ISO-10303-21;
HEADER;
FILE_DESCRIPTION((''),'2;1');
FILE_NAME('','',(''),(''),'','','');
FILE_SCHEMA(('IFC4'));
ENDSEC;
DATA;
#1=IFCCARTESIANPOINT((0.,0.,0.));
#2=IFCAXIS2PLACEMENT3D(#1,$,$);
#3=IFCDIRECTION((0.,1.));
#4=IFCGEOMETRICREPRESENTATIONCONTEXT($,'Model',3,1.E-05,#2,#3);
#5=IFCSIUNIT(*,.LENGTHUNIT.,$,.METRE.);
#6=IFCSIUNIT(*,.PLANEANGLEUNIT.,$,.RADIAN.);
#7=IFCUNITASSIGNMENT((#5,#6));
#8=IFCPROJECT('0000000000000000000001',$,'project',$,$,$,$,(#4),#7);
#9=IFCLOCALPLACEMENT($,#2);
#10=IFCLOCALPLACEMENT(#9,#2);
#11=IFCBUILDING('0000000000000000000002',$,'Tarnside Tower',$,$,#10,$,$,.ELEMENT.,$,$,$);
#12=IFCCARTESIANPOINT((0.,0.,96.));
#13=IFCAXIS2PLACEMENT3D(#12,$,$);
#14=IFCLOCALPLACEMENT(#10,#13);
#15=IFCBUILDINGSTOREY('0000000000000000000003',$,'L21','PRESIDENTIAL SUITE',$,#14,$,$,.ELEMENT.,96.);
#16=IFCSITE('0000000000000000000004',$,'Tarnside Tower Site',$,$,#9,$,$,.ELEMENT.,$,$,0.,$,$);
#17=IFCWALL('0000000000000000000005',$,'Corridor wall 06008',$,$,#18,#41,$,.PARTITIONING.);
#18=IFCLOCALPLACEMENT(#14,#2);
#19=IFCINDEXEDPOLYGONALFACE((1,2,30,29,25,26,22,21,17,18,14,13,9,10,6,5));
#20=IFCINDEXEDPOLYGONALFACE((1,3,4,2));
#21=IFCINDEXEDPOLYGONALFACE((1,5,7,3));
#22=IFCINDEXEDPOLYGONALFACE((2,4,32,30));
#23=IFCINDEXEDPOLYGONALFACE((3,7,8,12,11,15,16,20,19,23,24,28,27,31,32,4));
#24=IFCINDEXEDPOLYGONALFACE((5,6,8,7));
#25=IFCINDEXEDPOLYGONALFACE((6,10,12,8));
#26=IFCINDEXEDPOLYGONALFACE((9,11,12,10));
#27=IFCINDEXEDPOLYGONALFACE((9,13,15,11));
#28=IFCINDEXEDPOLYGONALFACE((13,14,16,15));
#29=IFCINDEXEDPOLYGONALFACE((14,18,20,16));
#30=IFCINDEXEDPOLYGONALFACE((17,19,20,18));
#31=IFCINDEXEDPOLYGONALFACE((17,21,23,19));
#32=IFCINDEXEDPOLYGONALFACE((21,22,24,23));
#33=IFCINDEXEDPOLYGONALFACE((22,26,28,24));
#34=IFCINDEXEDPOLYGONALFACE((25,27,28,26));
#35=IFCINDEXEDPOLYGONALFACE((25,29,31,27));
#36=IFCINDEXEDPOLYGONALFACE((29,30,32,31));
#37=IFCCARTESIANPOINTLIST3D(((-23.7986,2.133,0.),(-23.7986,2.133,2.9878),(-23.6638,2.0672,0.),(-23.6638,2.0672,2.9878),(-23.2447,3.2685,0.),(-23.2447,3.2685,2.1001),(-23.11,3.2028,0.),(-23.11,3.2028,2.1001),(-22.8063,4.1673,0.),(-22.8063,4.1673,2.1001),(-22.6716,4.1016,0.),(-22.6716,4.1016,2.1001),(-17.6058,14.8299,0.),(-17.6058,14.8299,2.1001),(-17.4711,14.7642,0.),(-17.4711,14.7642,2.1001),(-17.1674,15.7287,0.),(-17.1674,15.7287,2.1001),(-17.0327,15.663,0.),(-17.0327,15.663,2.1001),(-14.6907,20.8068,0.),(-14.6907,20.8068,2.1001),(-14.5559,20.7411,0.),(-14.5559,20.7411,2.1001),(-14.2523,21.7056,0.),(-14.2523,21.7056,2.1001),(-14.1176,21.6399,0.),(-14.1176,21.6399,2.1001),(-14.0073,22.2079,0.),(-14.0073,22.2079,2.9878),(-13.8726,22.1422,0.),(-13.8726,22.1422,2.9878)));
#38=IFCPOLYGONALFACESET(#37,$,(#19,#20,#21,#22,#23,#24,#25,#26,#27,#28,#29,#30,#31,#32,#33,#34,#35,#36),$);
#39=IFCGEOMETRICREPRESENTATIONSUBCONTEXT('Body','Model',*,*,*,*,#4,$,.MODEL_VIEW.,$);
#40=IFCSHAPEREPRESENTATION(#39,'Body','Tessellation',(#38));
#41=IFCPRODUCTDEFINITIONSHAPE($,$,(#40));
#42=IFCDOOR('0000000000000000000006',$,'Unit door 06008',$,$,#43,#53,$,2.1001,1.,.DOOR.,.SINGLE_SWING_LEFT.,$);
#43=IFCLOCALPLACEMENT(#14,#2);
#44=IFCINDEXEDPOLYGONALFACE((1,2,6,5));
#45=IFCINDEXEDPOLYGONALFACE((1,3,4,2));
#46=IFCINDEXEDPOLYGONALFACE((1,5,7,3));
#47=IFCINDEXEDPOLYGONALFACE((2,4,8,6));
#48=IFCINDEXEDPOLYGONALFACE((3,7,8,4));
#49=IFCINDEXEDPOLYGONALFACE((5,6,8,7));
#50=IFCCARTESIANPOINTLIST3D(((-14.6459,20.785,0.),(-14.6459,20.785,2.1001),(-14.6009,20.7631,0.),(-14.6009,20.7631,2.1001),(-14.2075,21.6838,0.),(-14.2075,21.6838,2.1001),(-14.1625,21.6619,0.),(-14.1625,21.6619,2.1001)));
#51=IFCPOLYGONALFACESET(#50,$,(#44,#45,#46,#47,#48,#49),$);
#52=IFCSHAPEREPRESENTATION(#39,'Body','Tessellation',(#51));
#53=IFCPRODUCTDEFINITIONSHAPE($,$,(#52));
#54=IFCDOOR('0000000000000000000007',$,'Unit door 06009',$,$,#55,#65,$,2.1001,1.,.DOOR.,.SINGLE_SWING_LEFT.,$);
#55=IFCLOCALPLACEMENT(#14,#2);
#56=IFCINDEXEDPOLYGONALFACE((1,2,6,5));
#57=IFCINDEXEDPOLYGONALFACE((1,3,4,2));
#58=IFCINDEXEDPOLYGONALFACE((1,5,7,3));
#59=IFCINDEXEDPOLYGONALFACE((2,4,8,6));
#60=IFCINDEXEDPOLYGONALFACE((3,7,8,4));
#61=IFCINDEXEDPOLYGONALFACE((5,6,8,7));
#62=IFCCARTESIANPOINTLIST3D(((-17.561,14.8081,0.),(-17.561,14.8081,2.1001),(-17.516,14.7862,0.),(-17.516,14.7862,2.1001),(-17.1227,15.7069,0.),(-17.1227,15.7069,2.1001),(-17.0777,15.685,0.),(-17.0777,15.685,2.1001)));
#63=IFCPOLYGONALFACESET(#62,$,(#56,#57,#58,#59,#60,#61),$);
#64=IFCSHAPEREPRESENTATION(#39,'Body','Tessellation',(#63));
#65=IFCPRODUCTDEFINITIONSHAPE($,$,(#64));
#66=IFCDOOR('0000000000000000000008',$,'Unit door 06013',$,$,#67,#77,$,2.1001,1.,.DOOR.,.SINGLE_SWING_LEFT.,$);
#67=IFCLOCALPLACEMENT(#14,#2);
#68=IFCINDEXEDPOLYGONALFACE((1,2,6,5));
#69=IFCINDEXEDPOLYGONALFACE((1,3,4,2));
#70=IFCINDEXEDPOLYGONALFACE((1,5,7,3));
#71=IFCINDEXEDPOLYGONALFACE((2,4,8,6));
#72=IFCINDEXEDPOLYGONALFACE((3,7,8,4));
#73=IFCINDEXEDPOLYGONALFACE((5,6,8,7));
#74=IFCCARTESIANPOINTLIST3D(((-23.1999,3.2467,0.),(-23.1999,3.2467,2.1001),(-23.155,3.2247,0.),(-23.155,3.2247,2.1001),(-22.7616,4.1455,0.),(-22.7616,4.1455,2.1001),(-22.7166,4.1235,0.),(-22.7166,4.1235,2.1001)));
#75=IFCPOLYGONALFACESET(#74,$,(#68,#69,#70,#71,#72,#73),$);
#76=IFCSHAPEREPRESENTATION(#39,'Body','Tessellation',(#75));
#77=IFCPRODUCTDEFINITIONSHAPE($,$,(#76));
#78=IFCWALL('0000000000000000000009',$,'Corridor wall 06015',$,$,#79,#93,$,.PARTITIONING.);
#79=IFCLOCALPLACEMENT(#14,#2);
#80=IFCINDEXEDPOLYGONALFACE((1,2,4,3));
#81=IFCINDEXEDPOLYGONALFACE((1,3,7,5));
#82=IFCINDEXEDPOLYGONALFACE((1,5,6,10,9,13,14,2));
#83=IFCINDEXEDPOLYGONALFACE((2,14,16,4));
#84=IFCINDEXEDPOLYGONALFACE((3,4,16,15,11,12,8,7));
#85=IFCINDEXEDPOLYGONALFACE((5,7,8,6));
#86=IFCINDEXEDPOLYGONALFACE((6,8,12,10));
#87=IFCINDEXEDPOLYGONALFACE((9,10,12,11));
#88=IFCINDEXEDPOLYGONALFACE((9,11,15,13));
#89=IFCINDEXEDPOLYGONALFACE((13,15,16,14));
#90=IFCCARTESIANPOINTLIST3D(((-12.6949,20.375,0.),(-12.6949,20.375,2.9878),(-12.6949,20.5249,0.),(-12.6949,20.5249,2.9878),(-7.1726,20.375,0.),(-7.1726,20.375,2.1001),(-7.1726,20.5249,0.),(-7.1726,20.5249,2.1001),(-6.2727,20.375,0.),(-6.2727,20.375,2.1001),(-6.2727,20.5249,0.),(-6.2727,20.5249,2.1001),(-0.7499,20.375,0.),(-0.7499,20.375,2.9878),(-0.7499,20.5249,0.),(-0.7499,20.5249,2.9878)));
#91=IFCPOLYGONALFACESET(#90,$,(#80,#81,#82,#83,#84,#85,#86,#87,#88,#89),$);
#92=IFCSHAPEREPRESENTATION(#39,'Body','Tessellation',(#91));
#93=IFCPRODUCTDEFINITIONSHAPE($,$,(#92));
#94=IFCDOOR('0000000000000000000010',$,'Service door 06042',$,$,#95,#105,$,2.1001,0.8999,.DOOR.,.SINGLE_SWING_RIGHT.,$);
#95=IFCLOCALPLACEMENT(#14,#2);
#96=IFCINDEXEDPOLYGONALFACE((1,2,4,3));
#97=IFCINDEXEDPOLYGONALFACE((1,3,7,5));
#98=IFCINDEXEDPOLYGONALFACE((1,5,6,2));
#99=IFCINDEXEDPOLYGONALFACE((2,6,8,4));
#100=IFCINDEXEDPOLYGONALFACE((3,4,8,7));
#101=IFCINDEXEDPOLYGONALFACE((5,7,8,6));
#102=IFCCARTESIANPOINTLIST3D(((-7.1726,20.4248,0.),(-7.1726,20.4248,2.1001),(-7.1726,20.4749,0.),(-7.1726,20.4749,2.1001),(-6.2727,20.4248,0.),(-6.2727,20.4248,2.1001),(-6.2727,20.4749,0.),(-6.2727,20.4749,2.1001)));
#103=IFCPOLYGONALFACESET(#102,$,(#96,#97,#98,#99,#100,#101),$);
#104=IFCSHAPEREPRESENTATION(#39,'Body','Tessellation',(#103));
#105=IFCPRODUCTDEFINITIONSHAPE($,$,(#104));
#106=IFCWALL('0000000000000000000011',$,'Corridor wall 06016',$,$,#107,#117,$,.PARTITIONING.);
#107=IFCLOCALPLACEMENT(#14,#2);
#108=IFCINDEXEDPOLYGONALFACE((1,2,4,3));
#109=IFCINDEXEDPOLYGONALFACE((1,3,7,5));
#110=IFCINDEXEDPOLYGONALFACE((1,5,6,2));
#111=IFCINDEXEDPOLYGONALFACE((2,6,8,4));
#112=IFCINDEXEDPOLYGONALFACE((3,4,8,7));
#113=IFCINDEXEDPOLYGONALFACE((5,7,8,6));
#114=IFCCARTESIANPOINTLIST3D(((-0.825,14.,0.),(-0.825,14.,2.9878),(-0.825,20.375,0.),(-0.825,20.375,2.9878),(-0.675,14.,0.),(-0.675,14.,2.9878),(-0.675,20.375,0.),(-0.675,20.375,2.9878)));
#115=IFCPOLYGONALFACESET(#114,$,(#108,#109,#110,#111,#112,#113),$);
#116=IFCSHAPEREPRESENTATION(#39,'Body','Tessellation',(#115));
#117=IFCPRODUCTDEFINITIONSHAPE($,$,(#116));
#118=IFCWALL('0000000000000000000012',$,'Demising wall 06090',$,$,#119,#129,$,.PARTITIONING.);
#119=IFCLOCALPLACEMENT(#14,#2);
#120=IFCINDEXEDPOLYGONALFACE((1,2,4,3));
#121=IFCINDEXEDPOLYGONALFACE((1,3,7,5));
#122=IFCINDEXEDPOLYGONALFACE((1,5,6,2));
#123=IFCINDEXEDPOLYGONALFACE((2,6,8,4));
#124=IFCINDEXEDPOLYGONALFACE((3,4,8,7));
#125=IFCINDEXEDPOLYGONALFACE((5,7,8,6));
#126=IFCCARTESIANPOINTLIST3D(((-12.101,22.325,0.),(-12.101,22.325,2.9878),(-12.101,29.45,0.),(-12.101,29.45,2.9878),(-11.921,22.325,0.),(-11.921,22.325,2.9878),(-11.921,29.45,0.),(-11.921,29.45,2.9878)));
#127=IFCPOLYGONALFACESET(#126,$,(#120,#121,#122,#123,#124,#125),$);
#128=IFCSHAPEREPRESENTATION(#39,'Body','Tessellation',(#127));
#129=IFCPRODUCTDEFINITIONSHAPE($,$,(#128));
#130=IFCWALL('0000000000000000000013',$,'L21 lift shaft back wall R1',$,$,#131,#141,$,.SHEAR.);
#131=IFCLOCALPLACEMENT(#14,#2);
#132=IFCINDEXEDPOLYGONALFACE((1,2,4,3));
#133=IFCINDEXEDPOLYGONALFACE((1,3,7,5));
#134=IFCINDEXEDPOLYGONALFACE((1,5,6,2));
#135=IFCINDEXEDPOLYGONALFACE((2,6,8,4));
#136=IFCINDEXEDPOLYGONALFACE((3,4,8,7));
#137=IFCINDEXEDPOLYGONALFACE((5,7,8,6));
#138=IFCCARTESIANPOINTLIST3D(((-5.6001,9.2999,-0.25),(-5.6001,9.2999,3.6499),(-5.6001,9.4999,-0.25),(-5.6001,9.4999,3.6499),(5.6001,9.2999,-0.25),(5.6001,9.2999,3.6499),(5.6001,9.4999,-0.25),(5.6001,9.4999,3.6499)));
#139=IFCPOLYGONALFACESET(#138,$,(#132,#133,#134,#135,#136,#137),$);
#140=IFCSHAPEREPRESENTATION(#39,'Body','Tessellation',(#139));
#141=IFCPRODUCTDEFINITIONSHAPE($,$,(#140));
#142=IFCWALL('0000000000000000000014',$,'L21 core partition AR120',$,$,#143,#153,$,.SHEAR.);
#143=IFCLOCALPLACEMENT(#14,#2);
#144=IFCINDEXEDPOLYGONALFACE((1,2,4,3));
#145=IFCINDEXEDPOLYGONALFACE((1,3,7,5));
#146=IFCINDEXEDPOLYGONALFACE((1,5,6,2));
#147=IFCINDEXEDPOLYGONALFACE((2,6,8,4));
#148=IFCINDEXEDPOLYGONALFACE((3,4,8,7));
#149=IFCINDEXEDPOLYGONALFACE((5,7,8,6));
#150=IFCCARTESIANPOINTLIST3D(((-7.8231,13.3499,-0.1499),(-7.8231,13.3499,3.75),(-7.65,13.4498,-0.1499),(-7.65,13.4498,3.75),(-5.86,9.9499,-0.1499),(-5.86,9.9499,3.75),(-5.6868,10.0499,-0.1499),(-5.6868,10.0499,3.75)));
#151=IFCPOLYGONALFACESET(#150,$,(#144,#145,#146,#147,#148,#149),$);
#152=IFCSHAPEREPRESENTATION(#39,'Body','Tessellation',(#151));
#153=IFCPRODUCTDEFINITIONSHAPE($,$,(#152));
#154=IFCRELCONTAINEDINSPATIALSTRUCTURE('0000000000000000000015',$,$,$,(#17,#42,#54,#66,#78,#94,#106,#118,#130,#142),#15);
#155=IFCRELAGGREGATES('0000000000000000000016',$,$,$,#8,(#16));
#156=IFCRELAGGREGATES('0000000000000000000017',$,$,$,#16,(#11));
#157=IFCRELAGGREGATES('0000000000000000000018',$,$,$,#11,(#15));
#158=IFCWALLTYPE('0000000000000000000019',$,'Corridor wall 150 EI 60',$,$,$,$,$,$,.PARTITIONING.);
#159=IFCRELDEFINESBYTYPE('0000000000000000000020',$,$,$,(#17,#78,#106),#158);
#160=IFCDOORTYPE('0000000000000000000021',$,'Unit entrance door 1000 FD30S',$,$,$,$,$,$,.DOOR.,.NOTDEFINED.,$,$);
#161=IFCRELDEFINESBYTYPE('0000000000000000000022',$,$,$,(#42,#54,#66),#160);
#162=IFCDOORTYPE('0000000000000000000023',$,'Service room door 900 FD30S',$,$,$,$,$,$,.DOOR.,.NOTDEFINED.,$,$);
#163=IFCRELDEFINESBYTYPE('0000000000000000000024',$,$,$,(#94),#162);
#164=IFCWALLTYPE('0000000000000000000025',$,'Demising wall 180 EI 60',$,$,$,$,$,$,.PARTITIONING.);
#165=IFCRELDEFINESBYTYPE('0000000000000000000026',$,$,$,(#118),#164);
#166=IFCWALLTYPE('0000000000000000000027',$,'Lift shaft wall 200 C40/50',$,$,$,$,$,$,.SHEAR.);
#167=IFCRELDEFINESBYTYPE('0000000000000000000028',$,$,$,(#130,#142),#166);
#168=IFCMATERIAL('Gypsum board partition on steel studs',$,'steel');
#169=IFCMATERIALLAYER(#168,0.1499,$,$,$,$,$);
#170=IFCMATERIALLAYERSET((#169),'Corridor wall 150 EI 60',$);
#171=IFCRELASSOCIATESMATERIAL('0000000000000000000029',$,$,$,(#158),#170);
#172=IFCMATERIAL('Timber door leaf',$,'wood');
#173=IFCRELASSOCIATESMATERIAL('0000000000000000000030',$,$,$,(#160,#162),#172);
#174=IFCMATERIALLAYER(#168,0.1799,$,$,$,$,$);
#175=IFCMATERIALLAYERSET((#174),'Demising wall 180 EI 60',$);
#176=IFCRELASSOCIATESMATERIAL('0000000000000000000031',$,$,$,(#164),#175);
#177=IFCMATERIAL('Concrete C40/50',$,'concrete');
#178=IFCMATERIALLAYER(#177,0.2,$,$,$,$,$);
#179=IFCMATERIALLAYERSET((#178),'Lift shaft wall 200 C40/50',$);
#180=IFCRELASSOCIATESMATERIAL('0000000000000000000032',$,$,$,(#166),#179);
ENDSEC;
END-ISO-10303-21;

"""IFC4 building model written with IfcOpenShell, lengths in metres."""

from ifc_helpers import new_model, si_unit, direction, frame, frame_2d, origin, place, context, subcontext, project, spatial, rectangle, extrude, material, layer, layer_set, type_object, element, fill, save


model = new_model("IFC4")

# Units and contexts
model_context = context("Model", 3, precision=1e-05, world=origin(), true_north=direction((0.0, 1.0)))
body_context = subcontext(model_context, "Body", "Model", "MODEL_VIEW")
ifc_project = project(units=[si_unit("LENGTHUNIT", "METRE"), si_unit("PLANEANGLEUNIT", "RADIAN")], contexts=[model_context])

# Site, building, storey
site_placement = place(None, origin())
site = spatial("IfcSite", under=ifc_project, at=site_placement, Name="Tarnside Tower Site", CompositionType="ELEMENT", RefElevation=0.0)
building_placement = place(site_placement, origin())
building = spatial("IfcBuilding", under=site, at=building_placement, Name="Tarnside Tower", CompositionType="ELEMENT")
storey_placement = place(building_placement, frame((0.0, 0.0, 96.0)))
storey = spatial("IfcBuildingStorey", under=building, at=storey_placement, Name="L21", Description="PRESIDENTIAL SUITE", CompositionType="ELEMENT", Elevation=96.0)

# Shared definitions
ifc_material_1 = material(Name="Gypsum board partition on steel studs", Category="steel")
ifc_material_2 = material(Name="Timber door leaf", Category="wood")

# Wall, openings, doors
ifc_layer_1 = layer(ifc_material_1, 0.1499)
ifc_layer_set_1 = layer_set([ifc_layer_1], Name="Corridor wall 150 EI 60")
wall_type_1 = type_object("IfcWallType", Name="Corridor wall 150 EI 60", PredefinedType="PARTITIONING", material=ifc_layer_set_1)
wall_1_placement = place(storey_placement, frame((-13.9399, 22.175, 0.0), z_axis=(0.0, 0.0, 1.0), x_axis=(-0.438373, -0.898793, 0.0)))
wall_1 = element("IfcWall", 1, at=wall_1_placement, inside=storey, type_object=wall_type_1, Name="Corridor wall 06008", PredefinedType="PARTITIONING", context=body_context, shape_type="SweptSolid", body=[
    extrude(rectangle(XDim=22.3354, YDim=0.1499, at=frame_2d((11.1677, 0.0))), origin(), (0.0, 0.0, 1.0), 2.9878),
])
opening_1_placement = place(wall_1_placement, frame((0.5588, 0.0, 0.0)))
opening_1 = element("IfcOpeningElement", 2, at=opening_1_placement, cuts=wall_1, PredefinedType="OPENING", context=body_context, shape_type="SweptSolid", body=[
    extrude(rectangle(XDim=1.0, YDim=2.1001, at=frame_2d((0.5, 1.05))), frame((0.0, 0.085, 0.0), z_axis=(0.0, -1.0, 0.0), x_axis=(1.0, 0.0, 0.0)), (0.0, 0.0, 1.0), 0.1699),
])
opening_2_placement = place(wall_1_placement, frame((7.2087, 0.0, 0.0)))
opening_2 = element("IfcOpeningElement", 3, at=opening_2_placement, cuts=wall_1, PredefinedType="OPENING", context=body_context, shape_type="SweptSolid", body=[
    extrude(rectangle(XDim=1.0, YDim=2.1001, at=frame_2d((0.5, 1.05))), frame((0.0, 0.085, 0.0), z_axis=(0.0, -1.0, 0.0), x_axis=(1.0, 0.0, 0.0)), (0.0, 0.0, 1.0), 0.1699),
])
opening_3_placement = place(wall_1_placement, frame((20.072, 0.0, 0.0)))
opening_3 = element("IfcOpeningElement", 4, at=opening_3_placement, cuts=wall_1, PredefinedType="OPENING", context=body_context, shape_type="SweptSolid", body=[
    extrude(rectangle(XDim=1.0, YDim=2.1001, at=frame_2d((0.5, 1.05))), frame((0.0, 0.085, 0.0), z_axis=(0.0, -1.0, 0.0), x_axis=(1.0, 0.0, 0.0)), (0.0, 0.0, 1.0), 0.1699),
])
door_type_1 = type_object("IfcDoorType", Name="Unit entrance door 1000 FD30S", OperationType="NOTDEFINED", PredefinedType="DOOR", material=ifc_material_2)
door_1_placement = place(opening_1_placement, origin())
door_1 = element("IfcDoor", 5, at=door_1_placement, inside=storey, type_object=door_type_1, Name="Unit door 06008", OperationType="SINGLE_SWING_LEFT", OverallHeight=2.1001, OverallWidth=1.0, PredefinedType="DOOR", context=body_context, shape_type="SweptSolid", body=[
    extrude(rectangle(XDim=1.0, YDim=2.1001, at=frame_2d((0.5, 1.05))), frame((0.0, 0.0249, 0.0), z_axis=(0.0, -1.0, 0.0), x_axis=(1.0, 0.0, 0.0)), (0.0, 0.0, 1.0), 0.05),
])
fill(opening_1, door_1)
door_2_placement = place(opening_2_placement, origin())
door_2 = element("IfcDoor", 6, at=door_2_placement, inside=storey, type_object=door_type_1, Name="Unit door 06009", OperationType="SINGLE_SWING_LEFT", OverallHeight=2.1001, OverallWidth=1.0, PredefinedType="DOOR", context=body_context, shape_type="SweptSolid", body=[
    extrude(rectangle(XDim=1.0, YDim=2.1001, at=frame_2d((0.5, 1.05))), frame((0.0, 0.0249, 0.0), z_axis=(0.0, -1.0, 0.0), x_axis=(1.0, 0.0, 0.0)), (0.0, 0.0, 1.0), 0.05),
])
fill(opening_2, door_2)
door_3_placement = place(opening_3_placement, origin())
door_3 = element("IfcDoor", 7, at=door_3_placement, inside=storey, type_object=door_type_1, Name="Unit door 06013", OperationType="SINGLE_SWING_LEFT", OverallHeight=2.1001, OverallWidth=1.0, PredefinedType="DOOR", context=body_context, shape_type="SweptSolid", body=[
    extrude(rectangle(XDim=1.0, YDim=2.1001, at=frame_2d((0.5, 1.05))), frame((0.0, 0.0249, 0.0), z_axis=(0.0, -1.0, 0.0), x_axis=(1.0, 0.0, 0.0)), (0.0, 0.0, 1.0), 0.05),
])
fill(opening_3, door_3)

# Wall, opening, door
wall_2_placement = place(storey_placement, frame((-12.6951, 20.45, 0.0), z_axis=(0.0, 0.0, 1.0), x_axis=(1.0, 0.0, 0.0)))
wall_2 = element("IfcWall", 8, at=wall_2_placement, inside=storey, type_object=wall_type_1, Name="Corridor wall 06015", PredefinedType="PARTITIONING", context=body_context, shape_type="SweptSolid", body=[
    extrude(rectangle(XDim=11.9451, YDim=0.1499, at=frame_2d((5.9727, 0.0))), origin(), (0.0, 0.0, 1.0), 2.9878),
])
opening_4_placement = place(wall_2_placement, frame((5.5225, 0.0, 0.0)))
opening_4 = element("IfcOpeningElement", 9, at=opening_4_placement, cuts=wall_2, PredefinedType="OPENING", context=body_context, shape_type="SweptSolid", body=[
    extrude(rectangle(XDim=0.8999, YDim=2.1001, at=frame_2d((0.45, 1.05))), frame((0.0, 0.085, 0.0), z_axis=(0.0, -1.0, 0.0), x_axis=(1.0, 0.0, 0.0)), (0.0, 0.0, 1.0), 0.1699),
])
door_type_2 = type_object("IfcDoorType", Name="Service room door 900 FD30S", OperationType="NOTDEFINED", PredefinedType="DOOR", material=ifc_material_2)
door_4_placement = place(opening_4_placement, origin())
door_4 = element("IfcDoor", 10, at=door_4_placement, inside=storey, type_object=door_type_2, Name="Service door 06042", OperationType="SINGLE_SWING_RIGHT", OverallHeight=2.1001, OverallWidth=0.8999, PredefinedType="DOOR", context=body_context, shape_type="SweptSolid", body=[
    extrude(rectangle(XDim=0.8999, YDim=2.1001, at=frame_2d((0.45, 1.05))), frame((0.0, 0.0249, 0.0), z_axis=(0.0, -1.0, 0.0), x_axis=(1.0, 0.0, 0.0)), (0.0, 0.0, 1.0), 0.05),
])
fill(opening_4, door_4)

# Walls
wall_3_placement = place(storey_placement, frame((-0.75, 20.375, 0.0), z_axis=(0.0, 0.0, 1.0), x_axis=(0.0, -1.0, 0.0)))
element("IfcWall", 11, at=wall_3_placement, inside=storey, type_object=wall_type_1, Name="Corridor wall 06016", PredefinedType="PARTITIONING", context=body_context, shape_type="SweptSolid", body=[
    extrude(rectangle(XDim=6.375, YDim=0.1499, at=frame_2d((3.1875, 0.0))), origin(), (0.0, 0.0, 1.0), 2.9878),
])
ifc_layer_2 = layer(ifc_material_1, 0.1799)
ifc_layer_set_2 = layer_set([ifc_layer_2], Name="Demising wall 180 EI 60")
wall_type_2 = type_object("IfcWallType", Name="Demising wall 180 EI 60", PredefinedType="PARTITIONING", material=ifc_layer_set_2)
wall_4_placement = place(storey_placement, frame((-12.011, 29.45, 0.0), z_axis=(0.0, 0.0, 1.0), x_axis=(0.0, -1.0, 0.0)))
element("IfcWall", 12, at=wall_4_placement, inside=storey, type_object=wall_type_2, Name="Demising wall 06090", PredefinedType="PARTITIONING", context=body_context, shape_type="SweptSolid", body=[
    extrude(rectangle(XDim=7.125, YDim=0.1799, at=frame_2d((3.5625, 0.0))), origin(), (0.0, 0.0, 1.0), 2.9878),
])
ifc_material_3 = material(Name="Concrete C40/50", Category="concrete")
ifc_layer_3 = layer(ifc_material_3, 0.2)
ifc_layer_set_3 = layer_set([ifc_layer_3], Name="Lift shaft wall 200 C40/50")
wall_type_3 = type_object("IfcWallType", Name="Lift shaft wall 200 C40/50", PredefinedType="SHEAR", material=ifc_layer_set_3)
wall_5_placement = place(storey_placement, frame((-5.6001, 9.3999, -0.25), z_axis=(0.0, 0.0, 1.0), x_axis=(1.0, 0.0, 0.0)))
element("IfcWall", 13, at=wall_5_placement, inside=storey, type_object=wall_type_3, Name="L21 lift shaft back wall R1", PredefinedType="SHEAR", context=body_context, shape_type="SweptSolid", body=[
    extrude(rectangle(XDim=11.2002, YDim=0.2, at=frame_2d((5.6001, 0.0))), origin(), (0.0, 0.0, 1.0), 3.8999),
])
wall_6_placement = place(storey_placement, frame((-5.7734, 10.0, -0.1499), z_axis=(0.0, 0.0, 1.0), x_axis=(-0.500038, 0.866003, 0.0)))
element("IfcWall", 14, at=wall_6_placement, inside=storey, type_object=wall_type_3, Name="L21 core partition AR120", PredefinedType="SHEAR", context=body_context, shape_type="SweptSolid", body=[
    extrude(rectangle(XDim=3.926, YDim=0.2, at=frame_2d((1.9629, 0.0))), origin(), (0.0, 0.0, 1.0), 3.8999),
])

save(model, "model.ifc")
